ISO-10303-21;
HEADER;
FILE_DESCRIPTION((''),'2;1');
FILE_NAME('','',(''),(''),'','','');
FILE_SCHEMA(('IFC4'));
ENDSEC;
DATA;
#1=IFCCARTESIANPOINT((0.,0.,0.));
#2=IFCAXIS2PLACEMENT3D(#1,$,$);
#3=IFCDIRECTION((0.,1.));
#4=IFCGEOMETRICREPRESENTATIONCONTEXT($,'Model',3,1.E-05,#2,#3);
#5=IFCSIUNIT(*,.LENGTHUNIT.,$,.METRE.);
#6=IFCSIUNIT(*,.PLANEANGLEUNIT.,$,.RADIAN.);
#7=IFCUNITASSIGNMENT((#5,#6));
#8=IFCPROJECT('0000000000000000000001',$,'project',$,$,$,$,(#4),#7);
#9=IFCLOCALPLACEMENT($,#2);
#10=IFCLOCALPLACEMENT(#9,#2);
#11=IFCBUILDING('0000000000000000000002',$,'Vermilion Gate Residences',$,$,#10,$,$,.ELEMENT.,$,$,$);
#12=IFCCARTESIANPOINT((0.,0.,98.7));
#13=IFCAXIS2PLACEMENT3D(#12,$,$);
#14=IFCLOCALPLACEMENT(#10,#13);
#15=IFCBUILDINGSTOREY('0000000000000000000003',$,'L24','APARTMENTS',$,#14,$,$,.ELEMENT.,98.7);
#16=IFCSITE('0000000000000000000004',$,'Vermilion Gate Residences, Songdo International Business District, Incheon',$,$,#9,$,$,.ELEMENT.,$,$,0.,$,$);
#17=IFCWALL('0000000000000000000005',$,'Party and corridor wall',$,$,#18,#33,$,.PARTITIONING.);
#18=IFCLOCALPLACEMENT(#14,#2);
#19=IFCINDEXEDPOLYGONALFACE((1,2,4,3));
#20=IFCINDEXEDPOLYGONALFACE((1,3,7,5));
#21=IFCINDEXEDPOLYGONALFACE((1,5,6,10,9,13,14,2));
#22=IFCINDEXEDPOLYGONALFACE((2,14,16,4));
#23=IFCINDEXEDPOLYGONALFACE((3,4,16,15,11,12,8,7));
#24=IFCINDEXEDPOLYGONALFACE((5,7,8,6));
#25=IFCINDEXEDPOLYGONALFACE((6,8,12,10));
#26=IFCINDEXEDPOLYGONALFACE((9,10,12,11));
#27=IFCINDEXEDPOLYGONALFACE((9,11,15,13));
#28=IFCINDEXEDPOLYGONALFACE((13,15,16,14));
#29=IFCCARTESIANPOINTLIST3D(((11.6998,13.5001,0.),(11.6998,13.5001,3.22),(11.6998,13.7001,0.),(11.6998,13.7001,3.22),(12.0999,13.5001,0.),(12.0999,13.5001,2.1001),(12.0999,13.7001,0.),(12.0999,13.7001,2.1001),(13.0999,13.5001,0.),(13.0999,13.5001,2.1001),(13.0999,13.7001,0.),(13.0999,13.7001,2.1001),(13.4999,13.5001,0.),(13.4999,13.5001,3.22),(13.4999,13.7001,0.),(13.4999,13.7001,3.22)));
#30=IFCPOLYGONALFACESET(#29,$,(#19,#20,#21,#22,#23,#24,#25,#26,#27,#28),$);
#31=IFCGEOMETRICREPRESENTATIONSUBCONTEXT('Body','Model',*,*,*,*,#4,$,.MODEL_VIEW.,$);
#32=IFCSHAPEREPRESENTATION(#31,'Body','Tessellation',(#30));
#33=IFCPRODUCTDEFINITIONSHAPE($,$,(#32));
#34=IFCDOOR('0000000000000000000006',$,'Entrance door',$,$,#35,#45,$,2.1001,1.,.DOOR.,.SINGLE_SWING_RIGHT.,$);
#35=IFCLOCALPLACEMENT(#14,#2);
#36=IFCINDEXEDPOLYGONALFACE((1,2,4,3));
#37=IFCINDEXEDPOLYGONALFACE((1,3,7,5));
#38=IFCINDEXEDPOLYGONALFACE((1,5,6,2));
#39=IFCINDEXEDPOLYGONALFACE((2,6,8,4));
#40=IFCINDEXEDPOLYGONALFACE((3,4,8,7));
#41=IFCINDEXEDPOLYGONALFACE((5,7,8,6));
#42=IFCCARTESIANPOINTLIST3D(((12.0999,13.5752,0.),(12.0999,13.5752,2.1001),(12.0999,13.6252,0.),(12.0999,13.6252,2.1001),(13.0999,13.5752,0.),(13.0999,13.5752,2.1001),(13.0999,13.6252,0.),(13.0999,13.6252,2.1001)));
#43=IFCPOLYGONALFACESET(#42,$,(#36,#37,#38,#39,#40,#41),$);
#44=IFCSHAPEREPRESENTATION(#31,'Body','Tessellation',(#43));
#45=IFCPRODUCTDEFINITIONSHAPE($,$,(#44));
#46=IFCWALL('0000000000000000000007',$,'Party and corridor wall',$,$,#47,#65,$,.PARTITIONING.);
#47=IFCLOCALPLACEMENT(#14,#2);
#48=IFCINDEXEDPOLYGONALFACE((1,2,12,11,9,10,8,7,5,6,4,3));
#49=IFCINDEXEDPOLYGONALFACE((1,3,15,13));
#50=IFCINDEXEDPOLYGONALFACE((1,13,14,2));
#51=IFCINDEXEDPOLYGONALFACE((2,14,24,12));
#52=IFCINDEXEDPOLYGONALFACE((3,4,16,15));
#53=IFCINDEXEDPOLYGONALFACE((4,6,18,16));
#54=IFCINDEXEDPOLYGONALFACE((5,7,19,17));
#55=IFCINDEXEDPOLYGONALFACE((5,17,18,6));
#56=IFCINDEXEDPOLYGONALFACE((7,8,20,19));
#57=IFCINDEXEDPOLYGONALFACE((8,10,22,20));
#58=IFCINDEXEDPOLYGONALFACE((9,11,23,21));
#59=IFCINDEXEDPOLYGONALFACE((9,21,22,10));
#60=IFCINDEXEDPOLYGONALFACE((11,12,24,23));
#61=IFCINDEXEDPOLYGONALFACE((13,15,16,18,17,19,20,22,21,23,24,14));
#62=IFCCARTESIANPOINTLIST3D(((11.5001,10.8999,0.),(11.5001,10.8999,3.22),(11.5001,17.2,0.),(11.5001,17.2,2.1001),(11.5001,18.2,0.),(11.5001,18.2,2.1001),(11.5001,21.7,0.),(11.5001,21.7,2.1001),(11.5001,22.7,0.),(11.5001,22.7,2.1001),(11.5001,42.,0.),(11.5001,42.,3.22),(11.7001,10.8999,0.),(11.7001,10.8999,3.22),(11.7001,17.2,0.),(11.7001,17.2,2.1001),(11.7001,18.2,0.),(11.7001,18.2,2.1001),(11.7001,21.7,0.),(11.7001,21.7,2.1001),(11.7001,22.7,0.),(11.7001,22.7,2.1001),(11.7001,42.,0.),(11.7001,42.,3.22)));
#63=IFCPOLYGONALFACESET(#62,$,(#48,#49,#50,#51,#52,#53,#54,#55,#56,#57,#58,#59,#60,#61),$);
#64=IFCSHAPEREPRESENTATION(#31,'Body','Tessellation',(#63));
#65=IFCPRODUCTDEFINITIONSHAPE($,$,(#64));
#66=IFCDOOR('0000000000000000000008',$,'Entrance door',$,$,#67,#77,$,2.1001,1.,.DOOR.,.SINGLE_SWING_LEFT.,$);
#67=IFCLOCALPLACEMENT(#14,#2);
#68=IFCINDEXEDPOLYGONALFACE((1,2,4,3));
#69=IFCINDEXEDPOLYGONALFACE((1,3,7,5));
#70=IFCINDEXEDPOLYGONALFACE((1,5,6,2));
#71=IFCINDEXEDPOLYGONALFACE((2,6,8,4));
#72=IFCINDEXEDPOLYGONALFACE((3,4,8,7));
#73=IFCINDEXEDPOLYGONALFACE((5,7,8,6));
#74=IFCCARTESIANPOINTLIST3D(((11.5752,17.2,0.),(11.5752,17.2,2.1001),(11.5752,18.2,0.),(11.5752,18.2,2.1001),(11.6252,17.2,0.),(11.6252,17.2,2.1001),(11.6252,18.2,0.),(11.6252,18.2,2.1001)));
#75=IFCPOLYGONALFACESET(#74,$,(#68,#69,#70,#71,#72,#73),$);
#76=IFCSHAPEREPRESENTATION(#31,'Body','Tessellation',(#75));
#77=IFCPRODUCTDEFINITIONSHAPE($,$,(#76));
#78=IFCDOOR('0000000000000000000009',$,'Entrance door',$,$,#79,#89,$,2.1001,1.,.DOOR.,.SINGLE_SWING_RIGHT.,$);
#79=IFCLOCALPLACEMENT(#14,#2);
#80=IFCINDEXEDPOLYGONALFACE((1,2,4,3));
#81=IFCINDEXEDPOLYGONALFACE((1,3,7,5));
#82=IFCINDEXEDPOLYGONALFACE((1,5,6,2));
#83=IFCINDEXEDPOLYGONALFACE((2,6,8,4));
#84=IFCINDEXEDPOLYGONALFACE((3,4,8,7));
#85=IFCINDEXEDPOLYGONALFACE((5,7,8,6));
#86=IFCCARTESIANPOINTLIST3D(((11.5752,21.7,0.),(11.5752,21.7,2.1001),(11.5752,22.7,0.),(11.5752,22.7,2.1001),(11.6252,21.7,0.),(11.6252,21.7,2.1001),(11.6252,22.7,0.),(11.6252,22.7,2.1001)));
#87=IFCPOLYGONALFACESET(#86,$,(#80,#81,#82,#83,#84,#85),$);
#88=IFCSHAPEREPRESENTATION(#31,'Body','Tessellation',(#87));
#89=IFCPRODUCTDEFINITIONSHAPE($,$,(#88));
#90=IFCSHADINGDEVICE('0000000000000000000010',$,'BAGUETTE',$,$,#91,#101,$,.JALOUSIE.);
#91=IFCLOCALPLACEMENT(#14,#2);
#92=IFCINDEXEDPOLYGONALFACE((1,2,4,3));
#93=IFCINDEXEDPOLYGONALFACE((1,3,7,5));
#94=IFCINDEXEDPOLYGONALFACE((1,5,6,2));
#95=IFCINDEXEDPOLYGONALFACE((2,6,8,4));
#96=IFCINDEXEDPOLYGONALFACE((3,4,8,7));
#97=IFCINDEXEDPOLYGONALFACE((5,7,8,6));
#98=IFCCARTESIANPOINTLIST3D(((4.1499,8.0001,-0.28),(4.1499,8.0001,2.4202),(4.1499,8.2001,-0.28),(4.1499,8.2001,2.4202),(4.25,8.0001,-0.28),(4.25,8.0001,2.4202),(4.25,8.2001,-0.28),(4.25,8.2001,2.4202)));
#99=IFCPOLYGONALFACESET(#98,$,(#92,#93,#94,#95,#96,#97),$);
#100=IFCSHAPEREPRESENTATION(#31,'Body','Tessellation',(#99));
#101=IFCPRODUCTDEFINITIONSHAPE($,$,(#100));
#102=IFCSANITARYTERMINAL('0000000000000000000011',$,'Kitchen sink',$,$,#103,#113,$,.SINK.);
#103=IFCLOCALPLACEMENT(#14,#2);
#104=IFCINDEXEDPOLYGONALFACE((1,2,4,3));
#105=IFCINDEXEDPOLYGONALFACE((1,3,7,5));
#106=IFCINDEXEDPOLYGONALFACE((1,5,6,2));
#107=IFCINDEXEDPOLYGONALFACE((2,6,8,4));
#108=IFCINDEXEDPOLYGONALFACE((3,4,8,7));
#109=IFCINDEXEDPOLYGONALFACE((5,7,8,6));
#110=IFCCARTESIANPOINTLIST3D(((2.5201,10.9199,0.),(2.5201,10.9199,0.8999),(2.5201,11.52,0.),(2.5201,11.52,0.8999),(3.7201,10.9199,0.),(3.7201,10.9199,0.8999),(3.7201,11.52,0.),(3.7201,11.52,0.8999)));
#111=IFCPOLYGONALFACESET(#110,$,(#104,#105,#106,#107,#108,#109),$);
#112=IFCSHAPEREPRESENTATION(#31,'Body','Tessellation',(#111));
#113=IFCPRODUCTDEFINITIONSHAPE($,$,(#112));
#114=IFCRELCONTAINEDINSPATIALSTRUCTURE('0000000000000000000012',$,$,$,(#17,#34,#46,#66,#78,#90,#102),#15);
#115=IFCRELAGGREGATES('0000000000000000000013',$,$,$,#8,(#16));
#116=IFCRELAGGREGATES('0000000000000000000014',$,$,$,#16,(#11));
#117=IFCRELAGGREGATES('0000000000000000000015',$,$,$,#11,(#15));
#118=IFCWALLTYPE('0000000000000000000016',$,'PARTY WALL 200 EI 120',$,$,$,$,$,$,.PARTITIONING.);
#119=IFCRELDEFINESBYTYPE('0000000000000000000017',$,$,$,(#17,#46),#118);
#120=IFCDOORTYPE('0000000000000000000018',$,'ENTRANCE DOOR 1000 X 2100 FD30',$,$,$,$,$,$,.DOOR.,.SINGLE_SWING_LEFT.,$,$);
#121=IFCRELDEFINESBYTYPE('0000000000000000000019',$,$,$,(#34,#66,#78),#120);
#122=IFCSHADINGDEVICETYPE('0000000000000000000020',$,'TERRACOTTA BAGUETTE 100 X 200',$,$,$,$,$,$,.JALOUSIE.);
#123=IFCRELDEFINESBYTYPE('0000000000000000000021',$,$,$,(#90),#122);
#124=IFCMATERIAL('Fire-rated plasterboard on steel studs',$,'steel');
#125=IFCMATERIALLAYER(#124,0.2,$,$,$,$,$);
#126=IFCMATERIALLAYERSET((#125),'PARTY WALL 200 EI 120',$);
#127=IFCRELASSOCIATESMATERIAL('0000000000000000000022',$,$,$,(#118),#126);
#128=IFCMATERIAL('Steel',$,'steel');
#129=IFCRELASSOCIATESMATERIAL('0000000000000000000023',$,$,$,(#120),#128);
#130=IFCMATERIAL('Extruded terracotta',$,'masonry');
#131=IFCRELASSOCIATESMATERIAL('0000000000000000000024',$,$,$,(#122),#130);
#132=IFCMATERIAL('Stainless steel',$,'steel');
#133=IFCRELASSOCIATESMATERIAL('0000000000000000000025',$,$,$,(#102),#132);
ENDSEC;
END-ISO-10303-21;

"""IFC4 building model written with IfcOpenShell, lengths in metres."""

from ifc_helpers import new_model, si_unit, direction, frame, frame_2d, origin, origin_2d, place, context, subcontext, project, spatial, rectangle, extrude, material, layer, layer_set, material_profile, profile_set, type_object, element, fill, save


model = new_model("IFC4")

# Units and contexts
model_context = context("Model", 3, precision=1e-05, world=origin(), true_north=direction((0.0, 1.0)))
body_context = subcontext(model_context, "Body", "Model", "MODEL_VIEW")
ifc_project = project(units=[si_unit("LENGTHUNIT", "METRE"), si_unit("PLANEANGLEUNIT", "RADIAN")], contexts=[model_context])

# Site, building, storey
site_placement = place(None, origin())
site = spatial("IfcSite", under=ifc_project, at=site_placement, Name="Vermilion Gate Residences, Songdo International Business District, Incheon", CompositionType="ELEMENT", RefElevation=0.0)
building_placement = place(site_placement, origin())
building = spatial("IfcBuilding", under=site, at=building_placement, Name="Vermilion Gate Residences", CompositionType="ELEMENT")
storey_placement = place(building_placement, frame((0.0, 0.0, 98.7)))
storey = spatial("IfcBuildingStorey", under=building, at=storey_placement, Name="L24", Description="APARTMENTS", CompositionType="ELEMENT", Elevation=98.7)

# Wall, opening, door
ifc_material_1 = material(Name="Fire-rated plasterboard on steel studs", Category="steel")
ifc_layer_1 = layer(ifc_material_1, 0.2)
ifc_layer_set_1 = layer_set([ifc_layer_1], Name="PARTY WALL 200 EI 120")
wall_type_1 = type_object("IfcWallType", Name="PARTY WALL 200 EI 120", PredefinedType="PARTITIONING", material=ifc_layer_set_1)
wall_1_placement = place(storey_placement, frame((11.7, 13.6001, 0.0), z_axis=(0.0, 0.0, 1.0), x_axis=(1.0, 0.0, 0.0)))
wall_1 = element("IfcWall", 1, at=wall_1_placement, inside=storey, type_object=wall_type_1, Name="Party and corridor wall", PredefinedType="PARTITIONING", context=body_context, shape_type="SweptSolid", body=[
    extrude(rectangle(XDim=1.8, YDim=0.2, at=frame_2d((0.8999, 0.0))), origin(), (0.0, 0.0, 1.0), 3.22),
])
opening_1_placement = place(wall_1_placement, frame((0.3999, 0.0, 0.0)))
opening_1 = element("IfcOpeningElement", 2, at=opening_1_placement, cuts=wall_1, PredefinedType="OPENING", context=body_context, shape_type="SweptSolid", body=[
    extrude(rectangle(XDim=1.0, YDim=2.1001, at=frame_2d((0.5, 1.05))), frame((0.0, 0.1099, 0.0), z_axis=(0.0, -1.0, 0.0), x_axis=(1.0, 0.0, 0.0)), (0.0, 0.0, 1.0), 0.22),
])
ifc_material_2 = material(Name="Steel", Category="steel")
door_type_1 = type_object("IfcDoorType", Name="ENTRANCE DOOR 1000 X 2100 FD30", OperationType="SINGLE_SWING_LEFT", PredefinedType="DOOR", material=ifc_material_2)
door_1_placement = place(opening_1_placement, frame((1.0, 0.0, 0.0), z_axis=(0.0, 0.0, 1.0), x_axis=(-1.0, 0.0, 0.0)))
door_1 = element("IfcDoor", 3, at=door_1_placement, inside=storey, type_object=door_type_1, Name="Entrance door", OperationType="SINGLE_SWING_RIGHT", OverallHeight=2.1001, OverallWidth=1.0, PredefinedType="DOOR", context=body_context, shape_type="SweptSolid", body=[
    extrude(rectangle(XDim=1.0, YDim=2.1001, at=frame_2d((0.5, 1.05))), frame((0.0, 0.0249, 0.0), z_axis=(0.0, -1.0, 0.0), x_axis=(1.0, 0.0, 0.0)), (0.0, 0.0, 1.0), 0.05),
])
fill(opening_1, door_1)

# Wall, openings, doors
wall_2_placement = place(storey_placement, frame((11.6001, 10.8999, 0.0), z_axis=(0.0, 0.0, 1.0), x_axis=(0.0, 1.0, 0.0)))
wall_2 = element("IfcWall", 4, at=wall_2_placement, inside=storey, type_object=wall_type_1, Name="Party and corridor wall", PredefinedType="PARTITIONING", context=body_context, shape_type="SweptSolid", body=[
    extrude(rectangle(XDim=31.1001, YDim=0.2, at=frame_2d((15.55, 0.0))), origin(), (0.0, 0.0, 1.0), 3.22),
])
opening_2_placement = place(wall_2_placement, frame((6.3, 0.0, 0.0)))
opening_2 = element("IfcOpeningElement", 5, at=opening_2_placement, cuts=wall_2, PredefinedType="OPENING", context=body_context, shape_type="SweptSolid", body=[
    extrude(rectangle(XDim=1.0, YDim=2.1001, at=frame_2d((0.5, 1.05))), frame((0.0, 0.1099, 0.0), z_axis=(0.0, -1.0, 0.0), x_axis=(1.0, 0.0, 0.0)), (0.0, 0.0, 1.0), 0.22),
])
opening_3_placement = place(wall_2_placement, frame((10.8, 0.0, 0.0)))
opening_3 = element("IfcOpeningElement", 6, at=opening_3_placement, cuts=wall_2, PredefinedType="OPENING", context=body_context, shape_type="SweptSolid", body=[
    extrude(rectangle(XDim=1.0, YDim=2.1001, at=frame_2d((0.5, 1.05))), frame((0.0, 0.1099, 0.0), z_axis=(0.0, -1.0, 0.0), x_axis=(1.0, 0.0, 0.0)), (0.0, 0.0, 1.0), 0.22),
])
door_2_placement = place(opening_2_placement, origin())
door_2 = element("IfcDoor", 7, at=door_2_placement, inside=storey, type_object=door_type_1, Name="Entrance door", OperationType="SINGLE_SWING_LEFT", OverallHeight=2.1001, OverallWidth=1.0, PredefinedType="DOOR", context=body_context, shape_type="SweptSolid", body=[
    extrude(rectangle(XDim=1.0, YDim=2.1001, at=frame_2d((0.5, 1.05))), frame((0.0, 0.0249, 0.0), z_axis=(0.0, -1.0, 0.0), x_axis=(1.0, 0.0, 0.0)), (0.0, 0.0, 1.0), 0.05),
])
fill(opening_2, door_2)
door_3_placement = place(opening_3_placement, origin())
door_3 = element("IfcDoor", 8, at=door_3_placement, inside=storey, type_object=door_type_1, Name="Entrance door", OperationType="SINGLE_SWING_RIGHT", OverallHeight=2.1001, OverallWidth=1.0, PredefinedType="DOOR", context=body_context, shape_type="SweptSolid", body=[
    extrude(rectangle(XDim=1.0, YDim=2.1001, at=frame_2d((0.5, 1.05))), frame((0.0, 0.0249, 0.0), z_axis=(0.0, -1.0, 0.0), x_axis=(1.0, 0.0, 0.0)), (0.0, 0.0, 1.0), 0.05),
])
fill(opening_3, door_3)

# Shading device
ifc_material_3 = material(Name="Extruded terracotta", Category="masonry")
ifc_material_profile_1 = material_profile(ifc_material_3, rectangle(XDim=0.2, YDim=0.1001, at=origin_2d()), Name="BAGUETTE 100 X 200")
ifc_profile_set_1 = profile_set([ifc_material_profile_1], Name="Extruded terracotta")
shading_device_type = type_object("IfcShadingDeviceType", Name="TERRACOTTA BAGUETTE 100 X 200", PredefinedType="JALOUSIE", material=ifc_profile_set_1)
shading_device_placement = place(storey_placement, frame((4.2, 8.1001, -0.28), z_axis=(0.0, 0.0, 1.0), x_axis=(0.0, 1.0, 0.0)))
element("IfcShadingDevice", 9, at=shading_device_placement, inside=storey, type_object=shading_device_type, Name="BAGUETTE", PredefinedType="JALOUSIE", context=body_context, shape_type="SweptSolid", body=[
    extrude(rectangle(XDim=0.2, YDim=0.1001, at=origin_2d()), origin(), (0.0, 0.0, 1.0), 2.7002),
])

# Sanitary terminal
ifc_material_4 = material(Name="Stainless steel", Category="steel")
sanitary_terminal_placement = place(storey_placement, frame((3.1201, 11.22, 0.0), z_axis=(0.0, 0.0, 1.0), x_axis=(1.0, 0.0, 0.0)))
element("IfcSanitaryTerminal", 10, at=sanitary_terminal_placement, inside=storey, material=ifc_material_4, Name="Kitchen sink", PredefinedType="SINK", context=body_context, shape_type="SweptSolid", body=[
    extrude(rectangle(XDim=1.2, YDim=0.6001, at=origin_2d()), origin(), (0.0, 0.0, 1.0), 0.8999),
])

save(model, "model.ifc")
